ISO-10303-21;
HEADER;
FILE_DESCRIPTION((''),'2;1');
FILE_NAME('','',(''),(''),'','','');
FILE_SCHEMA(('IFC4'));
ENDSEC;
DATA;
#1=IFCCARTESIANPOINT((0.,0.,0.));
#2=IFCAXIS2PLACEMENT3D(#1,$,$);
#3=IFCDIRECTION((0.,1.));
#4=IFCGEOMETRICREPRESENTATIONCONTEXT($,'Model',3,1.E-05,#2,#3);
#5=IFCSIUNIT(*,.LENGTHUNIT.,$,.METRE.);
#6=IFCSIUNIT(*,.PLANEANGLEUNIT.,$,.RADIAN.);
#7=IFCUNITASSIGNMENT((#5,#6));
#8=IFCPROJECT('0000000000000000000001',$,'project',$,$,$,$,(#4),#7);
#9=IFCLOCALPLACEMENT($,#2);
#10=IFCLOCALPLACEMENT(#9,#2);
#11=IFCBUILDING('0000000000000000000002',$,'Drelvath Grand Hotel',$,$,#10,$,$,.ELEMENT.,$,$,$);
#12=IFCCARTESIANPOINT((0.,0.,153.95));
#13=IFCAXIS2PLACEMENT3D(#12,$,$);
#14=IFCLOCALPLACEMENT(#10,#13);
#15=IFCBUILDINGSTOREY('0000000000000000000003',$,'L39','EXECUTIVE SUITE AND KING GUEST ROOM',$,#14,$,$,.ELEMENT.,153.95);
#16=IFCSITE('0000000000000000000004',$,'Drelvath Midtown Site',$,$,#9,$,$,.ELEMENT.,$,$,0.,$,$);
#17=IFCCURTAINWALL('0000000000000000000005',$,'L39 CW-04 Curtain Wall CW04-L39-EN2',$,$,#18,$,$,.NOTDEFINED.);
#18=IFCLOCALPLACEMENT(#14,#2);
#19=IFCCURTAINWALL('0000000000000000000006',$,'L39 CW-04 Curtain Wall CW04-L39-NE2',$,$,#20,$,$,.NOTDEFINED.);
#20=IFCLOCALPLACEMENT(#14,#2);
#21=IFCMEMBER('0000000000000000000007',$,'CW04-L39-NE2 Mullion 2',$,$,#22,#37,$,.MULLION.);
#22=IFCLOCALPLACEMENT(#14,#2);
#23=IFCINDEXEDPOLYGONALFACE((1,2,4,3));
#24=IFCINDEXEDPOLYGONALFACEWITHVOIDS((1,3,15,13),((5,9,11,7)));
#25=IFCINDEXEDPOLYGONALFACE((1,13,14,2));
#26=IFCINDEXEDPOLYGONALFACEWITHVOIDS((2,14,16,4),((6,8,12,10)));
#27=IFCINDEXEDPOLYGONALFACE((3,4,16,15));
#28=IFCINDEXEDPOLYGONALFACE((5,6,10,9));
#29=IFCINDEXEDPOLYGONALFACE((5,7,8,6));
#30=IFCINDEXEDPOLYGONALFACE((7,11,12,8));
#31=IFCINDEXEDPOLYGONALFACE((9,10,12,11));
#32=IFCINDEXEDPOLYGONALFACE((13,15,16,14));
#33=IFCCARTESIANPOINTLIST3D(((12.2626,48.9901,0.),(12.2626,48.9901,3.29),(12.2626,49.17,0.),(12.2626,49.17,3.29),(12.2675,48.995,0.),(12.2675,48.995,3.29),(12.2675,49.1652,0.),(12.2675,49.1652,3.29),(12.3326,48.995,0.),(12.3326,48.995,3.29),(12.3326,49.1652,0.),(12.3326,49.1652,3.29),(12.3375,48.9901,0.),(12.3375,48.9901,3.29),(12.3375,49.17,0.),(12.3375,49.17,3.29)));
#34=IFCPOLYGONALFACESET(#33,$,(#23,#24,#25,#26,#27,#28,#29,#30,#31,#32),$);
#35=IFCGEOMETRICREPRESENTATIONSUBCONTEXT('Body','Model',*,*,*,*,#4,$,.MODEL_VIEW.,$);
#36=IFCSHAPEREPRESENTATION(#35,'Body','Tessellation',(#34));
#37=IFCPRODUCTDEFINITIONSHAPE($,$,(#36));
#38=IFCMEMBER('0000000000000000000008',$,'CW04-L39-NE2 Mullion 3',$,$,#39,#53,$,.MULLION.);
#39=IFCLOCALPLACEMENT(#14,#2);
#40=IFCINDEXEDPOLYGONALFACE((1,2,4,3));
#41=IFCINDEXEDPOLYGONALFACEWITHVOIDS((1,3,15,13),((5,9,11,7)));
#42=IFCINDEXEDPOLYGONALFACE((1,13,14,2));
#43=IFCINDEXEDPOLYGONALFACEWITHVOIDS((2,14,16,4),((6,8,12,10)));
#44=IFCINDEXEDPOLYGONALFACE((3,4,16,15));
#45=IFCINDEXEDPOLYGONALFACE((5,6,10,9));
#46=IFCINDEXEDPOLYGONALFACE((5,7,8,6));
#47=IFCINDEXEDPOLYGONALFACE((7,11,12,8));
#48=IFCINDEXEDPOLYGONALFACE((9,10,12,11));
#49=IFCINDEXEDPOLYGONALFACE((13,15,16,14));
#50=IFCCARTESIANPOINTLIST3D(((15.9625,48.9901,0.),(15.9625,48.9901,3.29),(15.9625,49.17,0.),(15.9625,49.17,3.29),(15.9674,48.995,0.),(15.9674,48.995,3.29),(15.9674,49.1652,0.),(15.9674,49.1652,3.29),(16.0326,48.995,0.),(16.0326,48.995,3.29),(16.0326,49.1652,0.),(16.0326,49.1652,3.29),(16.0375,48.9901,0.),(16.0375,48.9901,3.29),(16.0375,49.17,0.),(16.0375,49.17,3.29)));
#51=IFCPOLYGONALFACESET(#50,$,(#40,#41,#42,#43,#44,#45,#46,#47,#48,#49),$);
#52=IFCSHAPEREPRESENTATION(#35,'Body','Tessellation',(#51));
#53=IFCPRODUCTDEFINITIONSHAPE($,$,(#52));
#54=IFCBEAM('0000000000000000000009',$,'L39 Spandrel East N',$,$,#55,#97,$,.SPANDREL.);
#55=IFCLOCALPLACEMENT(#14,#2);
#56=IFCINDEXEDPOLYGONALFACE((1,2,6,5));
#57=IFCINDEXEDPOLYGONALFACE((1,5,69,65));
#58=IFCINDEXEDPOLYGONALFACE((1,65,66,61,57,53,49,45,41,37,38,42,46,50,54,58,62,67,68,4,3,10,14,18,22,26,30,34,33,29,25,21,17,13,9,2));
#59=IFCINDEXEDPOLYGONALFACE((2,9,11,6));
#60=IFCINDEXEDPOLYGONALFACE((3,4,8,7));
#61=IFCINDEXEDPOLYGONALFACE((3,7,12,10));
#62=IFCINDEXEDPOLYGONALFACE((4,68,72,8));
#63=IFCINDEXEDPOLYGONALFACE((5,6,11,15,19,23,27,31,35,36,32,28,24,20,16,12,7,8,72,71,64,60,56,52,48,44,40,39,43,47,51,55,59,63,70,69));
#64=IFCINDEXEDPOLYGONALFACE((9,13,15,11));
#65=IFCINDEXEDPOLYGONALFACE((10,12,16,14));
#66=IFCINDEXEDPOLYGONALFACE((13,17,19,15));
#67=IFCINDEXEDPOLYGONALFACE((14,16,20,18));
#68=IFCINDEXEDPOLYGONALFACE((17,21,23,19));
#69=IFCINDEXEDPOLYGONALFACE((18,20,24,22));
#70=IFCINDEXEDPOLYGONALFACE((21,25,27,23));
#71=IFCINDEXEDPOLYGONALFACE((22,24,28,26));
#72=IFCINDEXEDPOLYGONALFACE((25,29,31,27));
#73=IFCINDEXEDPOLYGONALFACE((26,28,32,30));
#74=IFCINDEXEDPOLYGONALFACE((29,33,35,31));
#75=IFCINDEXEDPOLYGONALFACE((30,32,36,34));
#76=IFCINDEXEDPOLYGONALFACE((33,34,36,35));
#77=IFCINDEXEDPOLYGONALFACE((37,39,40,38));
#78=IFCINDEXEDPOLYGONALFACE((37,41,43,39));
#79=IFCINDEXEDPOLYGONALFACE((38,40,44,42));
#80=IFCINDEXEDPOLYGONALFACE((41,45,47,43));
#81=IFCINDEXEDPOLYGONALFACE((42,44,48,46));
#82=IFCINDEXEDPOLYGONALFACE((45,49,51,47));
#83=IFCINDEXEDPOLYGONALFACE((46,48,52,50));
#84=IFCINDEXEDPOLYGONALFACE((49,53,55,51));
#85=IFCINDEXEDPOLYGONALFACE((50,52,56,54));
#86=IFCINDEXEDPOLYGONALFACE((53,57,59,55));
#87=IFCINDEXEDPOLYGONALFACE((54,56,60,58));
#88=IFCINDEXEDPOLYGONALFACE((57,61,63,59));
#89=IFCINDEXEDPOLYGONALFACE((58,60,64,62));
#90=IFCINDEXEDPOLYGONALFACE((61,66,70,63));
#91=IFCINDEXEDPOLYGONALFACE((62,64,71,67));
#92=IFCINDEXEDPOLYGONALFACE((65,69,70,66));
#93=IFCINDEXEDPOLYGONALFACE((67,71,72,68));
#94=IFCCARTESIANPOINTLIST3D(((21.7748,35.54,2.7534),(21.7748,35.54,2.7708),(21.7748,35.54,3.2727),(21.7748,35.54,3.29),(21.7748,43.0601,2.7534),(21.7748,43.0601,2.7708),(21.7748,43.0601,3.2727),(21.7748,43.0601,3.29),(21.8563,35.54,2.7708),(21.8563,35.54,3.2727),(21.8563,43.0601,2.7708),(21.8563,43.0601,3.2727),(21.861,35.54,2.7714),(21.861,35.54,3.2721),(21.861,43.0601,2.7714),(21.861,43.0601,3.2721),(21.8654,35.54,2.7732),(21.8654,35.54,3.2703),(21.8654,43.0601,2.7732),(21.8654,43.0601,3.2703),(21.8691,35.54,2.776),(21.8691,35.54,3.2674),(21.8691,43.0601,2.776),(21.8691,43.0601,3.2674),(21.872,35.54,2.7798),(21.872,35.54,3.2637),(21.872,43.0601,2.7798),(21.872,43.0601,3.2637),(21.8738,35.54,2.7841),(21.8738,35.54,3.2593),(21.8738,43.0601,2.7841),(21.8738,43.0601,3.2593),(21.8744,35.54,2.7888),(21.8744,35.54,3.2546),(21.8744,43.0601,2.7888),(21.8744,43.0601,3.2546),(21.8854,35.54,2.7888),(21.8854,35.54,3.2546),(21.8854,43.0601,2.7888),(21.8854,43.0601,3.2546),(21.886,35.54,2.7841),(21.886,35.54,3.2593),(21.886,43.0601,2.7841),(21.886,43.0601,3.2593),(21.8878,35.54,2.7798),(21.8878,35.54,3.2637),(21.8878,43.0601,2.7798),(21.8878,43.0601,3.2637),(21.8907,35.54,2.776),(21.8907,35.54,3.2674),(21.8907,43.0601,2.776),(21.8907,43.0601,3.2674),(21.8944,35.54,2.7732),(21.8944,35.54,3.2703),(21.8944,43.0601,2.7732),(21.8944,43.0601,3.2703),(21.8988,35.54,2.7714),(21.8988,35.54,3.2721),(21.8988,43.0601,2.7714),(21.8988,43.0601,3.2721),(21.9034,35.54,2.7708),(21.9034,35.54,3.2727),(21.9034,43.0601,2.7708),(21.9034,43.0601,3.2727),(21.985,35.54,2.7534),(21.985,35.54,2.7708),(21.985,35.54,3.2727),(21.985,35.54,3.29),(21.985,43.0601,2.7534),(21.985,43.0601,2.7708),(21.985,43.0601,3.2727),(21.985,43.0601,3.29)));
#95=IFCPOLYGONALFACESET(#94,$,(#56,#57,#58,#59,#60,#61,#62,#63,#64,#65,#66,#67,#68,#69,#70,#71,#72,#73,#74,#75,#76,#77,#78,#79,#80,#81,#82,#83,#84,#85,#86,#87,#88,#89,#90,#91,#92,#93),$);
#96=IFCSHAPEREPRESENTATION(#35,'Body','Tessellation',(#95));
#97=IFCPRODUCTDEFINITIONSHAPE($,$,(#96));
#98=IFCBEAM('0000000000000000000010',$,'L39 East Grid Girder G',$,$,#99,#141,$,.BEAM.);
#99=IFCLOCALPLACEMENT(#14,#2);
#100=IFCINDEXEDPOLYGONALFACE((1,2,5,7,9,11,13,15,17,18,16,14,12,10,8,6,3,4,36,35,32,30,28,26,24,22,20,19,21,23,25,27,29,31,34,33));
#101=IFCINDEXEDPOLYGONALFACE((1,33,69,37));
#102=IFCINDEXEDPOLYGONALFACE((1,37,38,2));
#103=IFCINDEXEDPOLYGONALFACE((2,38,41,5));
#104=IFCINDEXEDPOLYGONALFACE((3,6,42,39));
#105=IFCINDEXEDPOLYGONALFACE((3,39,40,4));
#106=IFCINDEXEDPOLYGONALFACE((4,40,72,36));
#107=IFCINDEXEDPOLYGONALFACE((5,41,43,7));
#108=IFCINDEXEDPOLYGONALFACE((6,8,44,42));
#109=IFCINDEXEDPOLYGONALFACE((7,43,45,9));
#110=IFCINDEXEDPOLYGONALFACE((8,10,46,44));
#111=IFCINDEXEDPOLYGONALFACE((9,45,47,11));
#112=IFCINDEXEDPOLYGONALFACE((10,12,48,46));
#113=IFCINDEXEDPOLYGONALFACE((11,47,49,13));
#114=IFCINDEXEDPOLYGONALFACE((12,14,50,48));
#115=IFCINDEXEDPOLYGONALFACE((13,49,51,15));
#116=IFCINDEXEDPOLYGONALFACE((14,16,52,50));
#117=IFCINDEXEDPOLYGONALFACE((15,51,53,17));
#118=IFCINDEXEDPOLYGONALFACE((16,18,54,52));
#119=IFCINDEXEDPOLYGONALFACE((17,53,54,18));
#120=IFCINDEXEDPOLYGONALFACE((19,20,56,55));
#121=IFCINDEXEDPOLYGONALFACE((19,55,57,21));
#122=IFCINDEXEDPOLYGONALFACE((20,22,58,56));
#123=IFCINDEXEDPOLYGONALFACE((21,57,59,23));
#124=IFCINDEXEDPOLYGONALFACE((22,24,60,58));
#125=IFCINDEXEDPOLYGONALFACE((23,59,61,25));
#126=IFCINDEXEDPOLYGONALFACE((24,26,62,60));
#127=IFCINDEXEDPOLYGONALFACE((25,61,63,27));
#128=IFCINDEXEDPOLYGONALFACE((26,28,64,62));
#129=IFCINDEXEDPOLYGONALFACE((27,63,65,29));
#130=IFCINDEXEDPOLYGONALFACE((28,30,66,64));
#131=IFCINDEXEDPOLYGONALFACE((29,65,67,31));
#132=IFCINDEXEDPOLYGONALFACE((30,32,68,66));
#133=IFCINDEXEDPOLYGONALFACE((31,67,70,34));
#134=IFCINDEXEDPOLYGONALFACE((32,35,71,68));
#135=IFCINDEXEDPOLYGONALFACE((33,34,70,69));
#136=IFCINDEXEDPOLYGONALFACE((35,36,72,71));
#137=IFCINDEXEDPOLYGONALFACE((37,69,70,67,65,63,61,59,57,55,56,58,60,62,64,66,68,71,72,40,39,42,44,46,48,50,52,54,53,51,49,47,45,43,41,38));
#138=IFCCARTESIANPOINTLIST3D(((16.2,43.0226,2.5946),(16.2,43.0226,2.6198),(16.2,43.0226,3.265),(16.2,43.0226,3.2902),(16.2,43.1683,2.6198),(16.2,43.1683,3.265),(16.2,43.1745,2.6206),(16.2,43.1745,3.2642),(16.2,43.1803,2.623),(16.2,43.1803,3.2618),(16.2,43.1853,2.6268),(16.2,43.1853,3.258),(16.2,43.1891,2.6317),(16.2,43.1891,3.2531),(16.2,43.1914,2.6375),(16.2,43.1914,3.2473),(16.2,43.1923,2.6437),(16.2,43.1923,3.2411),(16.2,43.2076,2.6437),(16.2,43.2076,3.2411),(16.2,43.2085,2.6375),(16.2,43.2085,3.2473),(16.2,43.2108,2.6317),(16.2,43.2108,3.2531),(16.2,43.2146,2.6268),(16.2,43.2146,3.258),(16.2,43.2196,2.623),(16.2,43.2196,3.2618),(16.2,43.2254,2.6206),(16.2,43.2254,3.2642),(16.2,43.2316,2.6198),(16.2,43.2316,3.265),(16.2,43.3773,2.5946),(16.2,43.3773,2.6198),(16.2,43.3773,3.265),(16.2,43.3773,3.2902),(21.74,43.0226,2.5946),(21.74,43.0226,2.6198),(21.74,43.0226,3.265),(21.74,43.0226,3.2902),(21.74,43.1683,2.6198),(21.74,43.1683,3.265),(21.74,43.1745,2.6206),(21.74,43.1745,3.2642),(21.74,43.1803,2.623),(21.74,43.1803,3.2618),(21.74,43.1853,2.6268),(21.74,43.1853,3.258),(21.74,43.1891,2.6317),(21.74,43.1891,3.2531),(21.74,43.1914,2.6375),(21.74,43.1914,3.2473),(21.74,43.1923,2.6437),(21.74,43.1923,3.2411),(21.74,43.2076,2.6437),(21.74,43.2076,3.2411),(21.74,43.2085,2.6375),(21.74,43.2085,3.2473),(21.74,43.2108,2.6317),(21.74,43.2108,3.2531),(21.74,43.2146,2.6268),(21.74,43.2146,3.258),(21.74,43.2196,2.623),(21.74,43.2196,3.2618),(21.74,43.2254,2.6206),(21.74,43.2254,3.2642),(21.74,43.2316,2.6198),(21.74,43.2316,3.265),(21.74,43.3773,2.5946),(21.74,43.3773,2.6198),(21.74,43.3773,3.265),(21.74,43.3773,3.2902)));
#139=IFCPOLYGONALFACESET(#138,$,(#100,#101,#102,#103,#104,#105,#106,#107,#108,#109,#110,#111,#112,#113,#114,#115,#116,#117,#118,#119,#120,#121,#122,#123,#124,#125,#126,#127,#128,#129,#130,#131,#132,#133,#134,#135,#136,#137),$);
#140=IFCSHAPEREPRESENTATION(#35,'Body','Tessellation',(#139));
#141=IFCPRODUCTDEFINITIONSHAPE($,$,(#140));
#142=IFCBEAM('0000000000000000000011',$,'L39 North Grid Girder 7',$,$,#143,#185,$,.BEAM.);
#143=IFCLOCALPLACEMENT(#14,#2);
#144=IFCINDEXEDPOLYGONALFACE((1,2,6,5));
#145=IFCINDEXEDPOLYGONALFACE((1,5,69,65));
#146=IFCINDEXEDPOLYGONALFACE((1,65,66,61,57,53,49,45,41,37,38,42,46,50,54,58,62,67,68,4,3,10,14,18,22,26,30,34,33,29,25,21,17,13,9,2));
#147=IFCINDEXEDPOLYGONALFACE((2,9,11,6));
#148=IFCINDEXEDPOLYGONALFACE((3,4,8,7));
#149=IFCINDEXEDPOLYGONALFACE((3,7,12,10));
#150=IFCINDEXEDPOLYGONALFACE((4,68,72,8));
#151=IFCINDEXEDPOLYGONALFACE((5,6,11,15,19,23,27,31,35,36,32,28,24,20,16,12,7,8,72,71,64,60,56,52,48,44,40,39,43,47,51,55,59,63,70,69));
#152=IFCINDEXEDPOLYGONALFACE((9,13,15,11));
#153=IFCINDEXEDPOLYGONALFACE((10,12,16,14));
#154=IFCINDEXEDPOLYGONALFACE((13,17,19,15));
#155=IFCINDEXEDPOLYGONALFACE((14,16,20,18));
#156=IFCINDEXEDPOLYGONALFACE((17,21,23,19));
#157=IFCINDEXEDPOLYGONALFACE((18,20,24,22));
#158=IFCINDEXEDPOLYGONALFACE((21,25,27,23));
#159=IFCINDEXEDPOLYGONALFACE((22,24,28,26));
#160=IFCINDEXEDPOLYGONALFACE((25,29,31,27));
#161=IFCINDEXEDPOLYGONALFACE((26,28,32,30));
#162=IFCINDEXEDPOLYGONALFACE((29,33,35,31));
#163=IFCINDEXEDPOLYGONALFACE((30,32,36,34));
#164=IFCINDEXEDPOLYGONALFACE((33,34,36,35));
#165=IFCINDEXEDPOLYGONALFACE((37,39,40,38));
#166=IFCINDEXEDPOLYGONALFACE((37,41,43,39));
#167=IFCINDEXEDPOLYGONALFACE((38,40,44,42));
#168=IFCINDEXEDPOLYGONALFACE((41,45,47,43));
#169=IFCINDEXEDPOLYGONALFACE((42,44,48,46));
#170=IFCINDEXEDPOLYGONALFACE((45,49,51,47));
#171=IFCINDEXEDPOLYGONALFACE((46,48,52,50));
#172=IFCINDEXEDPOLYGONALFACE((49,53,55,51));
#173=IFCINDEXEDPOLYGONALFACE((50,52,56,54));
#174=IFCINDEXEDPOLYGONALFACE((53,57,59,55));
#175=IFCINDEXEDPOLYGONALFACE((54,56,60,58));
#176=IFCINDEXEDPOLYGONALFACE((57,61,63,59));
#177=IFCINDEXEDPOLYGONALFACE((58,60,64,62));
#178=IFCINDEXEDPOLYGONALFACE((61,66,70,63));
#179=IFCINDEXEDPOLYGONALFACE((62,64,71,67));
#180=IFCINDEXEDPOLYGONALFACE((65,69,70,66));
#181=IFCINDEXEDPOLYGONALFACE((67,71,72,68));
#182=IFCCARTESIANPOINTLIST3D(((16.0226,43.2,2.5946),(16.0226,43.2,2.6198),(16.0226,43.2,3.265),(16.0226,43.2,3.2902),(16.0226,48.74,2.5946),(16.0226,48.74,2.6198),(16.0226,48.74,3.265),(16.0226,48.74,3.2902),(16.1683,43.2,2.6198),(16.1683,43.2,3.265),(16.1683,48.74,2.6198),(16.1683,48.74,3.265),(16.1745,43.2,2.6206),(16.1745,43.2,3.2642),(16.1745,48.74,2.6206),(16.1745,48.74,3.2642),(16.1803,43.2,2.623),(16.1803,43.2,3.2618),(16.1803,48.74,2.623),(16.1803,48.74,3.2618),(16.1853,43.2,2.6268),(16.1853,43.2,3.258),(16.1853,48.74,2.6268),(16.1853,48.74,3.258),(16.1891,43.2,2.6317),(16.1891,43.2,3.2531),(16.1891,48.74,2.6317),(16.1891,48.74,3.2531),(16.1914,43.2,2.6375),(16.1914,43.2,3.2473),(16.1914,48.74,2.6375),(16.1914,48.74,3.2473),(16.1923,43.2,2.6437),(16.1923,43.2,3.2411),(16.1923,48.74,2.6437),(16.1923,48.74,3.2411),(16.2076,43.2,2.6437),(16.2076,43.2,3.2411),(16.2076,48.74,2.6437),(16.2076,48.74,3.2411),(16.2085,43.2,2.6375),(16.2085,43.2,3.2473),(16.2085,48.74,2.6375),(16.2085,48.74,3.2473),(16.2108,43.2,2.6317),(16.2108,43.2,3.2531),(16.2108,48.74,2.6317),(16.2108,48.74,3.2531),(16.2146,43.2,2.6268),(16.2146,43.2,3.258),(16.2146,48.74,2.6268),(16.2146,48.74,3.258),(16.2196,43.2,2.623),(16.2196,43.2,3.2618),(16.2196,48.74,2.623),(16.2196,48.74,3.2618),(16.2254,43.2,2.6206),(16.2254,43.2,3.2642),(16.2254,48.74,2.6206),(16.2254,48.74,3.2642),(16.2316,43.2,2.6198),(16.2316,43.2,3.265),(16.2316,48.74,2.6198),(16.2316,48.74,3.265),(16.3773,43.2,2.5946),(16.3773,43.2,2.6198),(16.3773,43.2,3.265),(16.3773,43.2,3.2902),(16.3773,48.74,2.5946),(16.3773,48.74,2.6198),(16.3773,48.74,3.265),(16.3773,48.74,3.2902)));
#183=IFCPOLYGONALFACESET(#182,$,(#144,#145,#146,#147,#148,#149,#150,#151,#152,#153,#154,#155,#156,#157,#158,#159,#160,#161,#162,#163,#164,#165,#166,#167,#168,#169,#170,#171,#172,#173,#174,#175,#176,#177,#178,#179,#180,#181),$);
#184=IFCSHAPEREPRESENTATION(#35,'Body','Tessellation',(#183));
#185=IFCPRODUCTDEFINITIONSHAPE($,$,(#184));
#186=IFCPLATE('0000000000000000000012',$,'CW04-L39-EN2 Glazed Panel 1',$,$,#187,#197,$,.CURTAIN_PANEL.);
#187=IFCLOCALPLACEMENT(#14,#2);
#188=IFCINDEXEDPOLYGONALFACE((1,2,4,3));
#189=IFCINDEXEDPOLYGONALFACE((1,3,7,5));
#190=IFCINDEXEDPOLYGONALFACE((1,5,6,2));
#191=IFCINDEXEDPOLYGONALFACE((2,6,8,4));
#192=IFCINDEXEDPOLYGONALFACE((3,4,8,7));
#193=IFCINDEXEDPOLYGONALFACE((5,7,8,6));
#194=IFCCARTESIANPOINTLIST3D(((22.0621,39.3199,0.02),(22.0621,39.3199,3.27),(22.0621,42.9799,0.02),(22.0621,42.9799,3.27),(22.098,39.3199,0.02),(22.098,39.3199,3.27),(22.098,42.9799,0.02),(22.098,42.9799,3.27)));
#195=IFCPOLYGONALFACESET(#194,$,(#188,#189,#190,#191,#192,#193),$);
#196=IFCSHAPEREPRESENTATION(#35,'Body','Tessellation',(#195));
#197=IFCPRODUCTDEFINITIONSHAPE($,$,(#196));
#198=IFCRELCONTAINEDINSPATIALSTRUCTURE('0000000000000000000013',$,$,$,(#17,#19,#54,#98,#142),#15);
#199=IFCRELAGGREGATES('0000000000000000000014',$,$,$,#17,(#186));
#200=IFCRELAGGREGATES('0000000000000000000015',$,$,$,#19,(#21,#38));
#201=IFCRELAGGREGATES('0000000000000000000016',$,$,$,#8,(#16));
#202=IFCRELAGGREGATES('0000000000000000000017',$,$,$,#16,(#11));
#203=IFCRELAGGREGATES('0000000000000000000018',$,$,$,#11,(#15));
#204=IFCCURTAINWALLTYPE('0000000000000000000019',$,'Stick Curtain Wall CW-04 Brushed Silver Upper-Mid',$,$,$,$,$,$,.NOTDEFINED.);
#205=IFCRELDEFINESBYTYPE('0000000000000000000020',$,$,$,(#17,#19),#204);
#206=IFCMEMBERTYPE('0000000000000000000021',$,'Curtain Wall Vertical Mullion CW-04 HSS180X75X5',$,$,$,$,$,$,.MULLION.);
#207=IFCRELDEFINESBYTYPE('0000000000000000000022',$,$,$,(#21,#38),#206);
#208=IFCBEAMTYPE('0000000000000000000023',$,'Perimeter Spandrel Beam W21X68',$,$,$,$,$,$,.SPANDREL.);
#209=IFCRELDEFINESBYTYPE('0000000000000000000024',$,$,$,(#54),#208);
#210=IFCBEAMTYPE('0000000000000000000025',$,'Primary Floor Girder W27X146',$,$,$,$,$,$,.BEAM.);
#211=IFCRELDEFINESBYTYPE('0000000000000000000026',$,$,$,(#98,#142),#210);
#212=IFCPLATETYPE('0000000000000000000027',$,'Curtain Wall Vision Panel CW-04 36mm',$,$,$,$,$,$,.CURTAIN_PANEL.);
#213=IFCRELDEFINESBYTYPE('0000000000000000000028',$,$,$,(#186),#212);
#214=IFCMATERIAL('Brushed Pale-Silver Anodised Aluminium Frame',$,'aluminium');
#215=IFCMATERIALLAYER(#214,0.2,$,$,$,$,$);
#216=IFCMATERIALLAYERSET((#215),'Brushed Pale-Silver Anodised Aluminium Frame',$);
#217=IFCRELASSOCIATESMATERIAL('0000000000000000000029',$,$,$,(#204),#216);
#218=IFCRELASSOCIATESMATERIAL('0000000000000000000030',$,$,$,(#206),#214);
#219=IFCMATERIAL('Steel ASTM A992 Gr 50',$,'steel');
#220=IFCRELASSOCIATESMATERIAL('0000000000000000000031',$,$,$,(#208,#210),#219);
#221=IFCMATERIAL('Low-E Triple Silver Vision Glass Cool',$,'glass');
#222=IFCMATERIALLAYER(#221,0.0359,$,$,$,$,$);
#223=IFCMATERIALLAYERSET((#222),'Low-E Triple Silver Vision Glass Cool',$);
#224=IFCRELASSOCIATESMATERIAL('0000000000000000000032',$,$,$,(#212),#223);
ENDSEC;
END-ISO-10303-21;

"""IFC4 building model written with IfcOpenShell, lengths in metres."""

from ifc_helpers import new_model, si_unit, direction, frame, origin, origin_2d, place, context, subcontext, project, spatial, rectangle, hollow_rectangle, i_section, extrude, material, layer, layer_set, material_profile, profile_set, type_object, element, aggregate, save


model = new_model("IFC4")

# Units and contexts
model_context = context("Model", 3, precision=1e-05, world=origin(), true_north=direction((0.0, 1.0)))
body_context = subcontext(model_context, "Body", "Model", "MODEL_VIEW")
ifc_project = project(units=[si_unit("LENGTHUNIT", "METRE"), si_unit("PLANEANGLEUNIT", "RADIAN")], contexts=[model_context])

# Site, building, storey
site_placement = place(None, origin())
site = spatial("IfcSite", under=ifc_project, at=site_placement, Name="Drelvath Midtown Site", CompositionType="ELEMENT", RefElevation=0.0)
building_placement = place(site_placement, origin())
building = spatial("IfcBuilding", under=site, at=building_placement, Name="Drelvath Grand Hotel", CompositionType="ELEMENT")
storey_placement = place(building_placement, frame((0.0, 0.0, 153.95)))
storey = spatial("IfcBuildingStorey", under=building, at=storey_placement, Name="L39", Description="EXECUTIVE SUITE AND KING GUEST ROOM", CompositionType="ELEMENT", Elevation=153.95)

# Curtain walls, members
ifc_material_1 = material(Name="Brushed Pale-Silver Anodised Aluminium Frame", Category="aluminium")
ifc_layer_1 = layer(ifc_material_1, 0.2)
ifc_layer_set_1 = layer_set([ifc_layer_1], Name="Brushed Pale-Silver Anodised Aluminium Frame")
curtain_wall_type = type_object("IfcCurtainWallType", Name="Stick Curtain Wall CW-04 Brushed Silver Upper-Mid", PredefinedType="NOTDEFINED", material=ifc_layer_set_1)
curtain_wall_1_placement = place(storey_placement, origin())
curtain_wall_1 = element("IfcCurtainWall", 1, at=curtain_wall_1_placement, inside=storey, type_object=curtain_wall_type, Name="L39 CW-04 Curtain Wall CW04-L39-EN2", PredefinedType="NOTDEFINED")
ifc_material_profile_1 = material_profile(ifc_material_1, hollow_rectangle(XDim=0.075, YDim=0.1799, WallThickness=0.0049, at=origin_2d()), Name="HSS180X75X5")
ifc_profile_set_1 = profile_set([ifc_material_profile_1], Name="Brushed Pale-Silver Anodised Aluminium Frame")
member_type_1 = type_object("IfcMemberType", Name="Curtain Wall Vertical Mullion CW-04 HSS180X75X5", PredefinedType="MULLION", material=ifc_profile_set_1)
curtain_wall_2_placement = place(storey_placement, origin())
curtain_wall_2 = element("IfcCurtainWall", 2, at=curtain_wall_2_placement, inside=storey, type_object=curtain_wall_type, Name="L39 CW-04 Curtain Wall CW04-L39-NE2", PredefinedType="NOTDEFINED")
member_1_placement = place(storey_placement, frame((12.3, 49.0801, 0.0), z_axis=(0.0, 0.0, 1.0), x_axis=(1.0, 0.0, 0.0)))
member_1 = element("IfcMember", 3, at=member_1_placement, type_object=member_type_1, Name="CW04-L39-NE2 Mullion 2", PredefinedType="MULLION", context=body_context, shape_type="SweptSolid", body=[
    extrude(hollow_rectangle(XDim=0.075, YDim=0.1799, WallThickness=0.0049, at=origin_2d()), origin(), (0.0, 0.0, 1.0), 3.29),
])
member_2_placement = place(storey_placement, frame((16.0, 49.0801, 0.0), z_axis=(0.0, 0.0, 1.0), x_axis=(1.0, 0.0, 0.0)))
member_2 = element("IfcMember", 4, at=member_2_placement, type_object=member_type_1, Name="CW04-L39-NE2 Mullion 3", PredefinedType="MULLION", context=body_context, shape_type="SweptSolid", body=[
    extrude(hollow_rectangle(XDim=0.075, YDim=0.1799, WallThickness=0.0049, at=origin_2d()), origin(), (0.0, 0.0, 1.0), 3.29),
])

# Beams
ifc_material_2 = material(Name="Steel ASTM A992 Gr 50", Category="steel")
ifc_material_profile_2 = material_profile(ifc_material_2, i_section(OverallWidth=0.2102, OverallDepth=0.5366, WebThickness=0.011, FlangeThickness=0.0173, FilletRadius=0.0181, at=origin_2d()), Name="W21X68")
ifc_profile_set_2 = profile_set([ifc_material_profile_2], Name="Steel ASTM A992 Gr 50")
beam_type_1 = type_object("IfcBeamType", Name="Perimeter Spandrel Beam W21X68", PredefinedType="SPANDREL", material=ifc_profile_set_2)
beam_placement = place(storey_placement, frame((21.8799, 35.54, 3.0217), z_axis=(0.0, 1.0, 0.0), x_axis=(-1.0, 0.0, 0.0)))
element("IfcBeam", 5, at=beam_placement, inside=storey, type_object=beam_type_1, Name="L39 Spandrel East N", PredefinedType="SPANDREL", context=body_context, shape_type="SweptSolid", body=[
    extrude(i_section(OverallWidth=0.2102, OverallDepth=0.5366, WebThickness=0.011, FlangeThickness=0.0173, FilletRadius=0.0181, at=origin_2d()), origin(), (0.0, 0.0, 1.0), 7.52),
])
ifc_material_profile_3 = material_profile(ifc_material_2, i_section(OverallWidth=0.3547, OverallDepth=0.6956, WebThickness=0.0154, FlangeThickness=0.0251, FilletRadius=0.0239, at=origin_2d()), Name="W27X146")
ifc_profile_set_3 = profile_set([ifc_material_profile_3], Name="Steel ASTM A992 Gr 50")
beam_type_2 = type_object("IfcBeamType", Name="Primary Floor Girder W27X146", PredefinedType="BEAM", material=ifc_profile_set_3)
for number, where, z_axis, x_axis, name in (
    (6, (16.2, 43.2, 2.9424), (1.0, 0.0, 0.0), (0.0, 1.0, 0.0), "L39 East Grid Girder G"),
    (7, (16.2, 43.2, 2.9424), (0.0, 1.0, 0.0), (-1.0, 0.0, 0.0), "L39 North Grid Girder 7"),
):
    element("IfcBeam", number, at=place(storey_placement, frame(where, z_axis=z_axis, x_axis=x_axis)), inside=storey, type_object=beam_type_2, Name=name, PredefinedType="BEAM", context=body_context, shape_type="SweptSolid", body=[
        extrude(i_section(OverallWidth=0.3547, OverallDepth=0.6956, WebThickness=0.0154, FlangeThickness=0.0251, FilletRadius=0.0239, at=origin_2d()), origin(), (0.0, 0.0, 1.0), 5.54),
    ])

# Plate
ifc_material_3 = material(Name="Low-E Triple Silver Vision Glass Cool", Category="glass")
ifc_layer_2 = layer(ifc_material_3, 0.0359)
ifc_layer_set_2 = layer_set([ifc_layer_2], Name="Low-E Triple Silver Vision Glass Cool")
plate_type = type_object("IfcPlateType", Name="Curtain Wall Vision Panel CW-04 36mm", PredefinedType="CURTAIN_PANEL", material=ifc_layer_set_2)
plate_1_placement = place(storey_placement, frame((22.0801, 41.1499, 0.02), z_axis=(0.0, 0.0, 1.0), x_axis=(0.0, -1.0, 0.0)))
plate_1 = element("IfcPlate", 8, at=plate_1_placement, type_object=plate_type, Name="CW04-L39-EN2 Glazed Panel 1", PredefinedType="CURTAIN_PANEL", context=body_context, shape_type="SweptSolid", body=[
    extrude(rectangle(XDim=3.6599, YDim=0.0359, at=origin_2d()), origin(), (0.0, 0.0, 1.0), 3.25),
])
aggregate(curtain_wall_1, [plate_1])
aggregate(curtain_wall_2, [member_1, member_2])

save(model, "model.ifc")
